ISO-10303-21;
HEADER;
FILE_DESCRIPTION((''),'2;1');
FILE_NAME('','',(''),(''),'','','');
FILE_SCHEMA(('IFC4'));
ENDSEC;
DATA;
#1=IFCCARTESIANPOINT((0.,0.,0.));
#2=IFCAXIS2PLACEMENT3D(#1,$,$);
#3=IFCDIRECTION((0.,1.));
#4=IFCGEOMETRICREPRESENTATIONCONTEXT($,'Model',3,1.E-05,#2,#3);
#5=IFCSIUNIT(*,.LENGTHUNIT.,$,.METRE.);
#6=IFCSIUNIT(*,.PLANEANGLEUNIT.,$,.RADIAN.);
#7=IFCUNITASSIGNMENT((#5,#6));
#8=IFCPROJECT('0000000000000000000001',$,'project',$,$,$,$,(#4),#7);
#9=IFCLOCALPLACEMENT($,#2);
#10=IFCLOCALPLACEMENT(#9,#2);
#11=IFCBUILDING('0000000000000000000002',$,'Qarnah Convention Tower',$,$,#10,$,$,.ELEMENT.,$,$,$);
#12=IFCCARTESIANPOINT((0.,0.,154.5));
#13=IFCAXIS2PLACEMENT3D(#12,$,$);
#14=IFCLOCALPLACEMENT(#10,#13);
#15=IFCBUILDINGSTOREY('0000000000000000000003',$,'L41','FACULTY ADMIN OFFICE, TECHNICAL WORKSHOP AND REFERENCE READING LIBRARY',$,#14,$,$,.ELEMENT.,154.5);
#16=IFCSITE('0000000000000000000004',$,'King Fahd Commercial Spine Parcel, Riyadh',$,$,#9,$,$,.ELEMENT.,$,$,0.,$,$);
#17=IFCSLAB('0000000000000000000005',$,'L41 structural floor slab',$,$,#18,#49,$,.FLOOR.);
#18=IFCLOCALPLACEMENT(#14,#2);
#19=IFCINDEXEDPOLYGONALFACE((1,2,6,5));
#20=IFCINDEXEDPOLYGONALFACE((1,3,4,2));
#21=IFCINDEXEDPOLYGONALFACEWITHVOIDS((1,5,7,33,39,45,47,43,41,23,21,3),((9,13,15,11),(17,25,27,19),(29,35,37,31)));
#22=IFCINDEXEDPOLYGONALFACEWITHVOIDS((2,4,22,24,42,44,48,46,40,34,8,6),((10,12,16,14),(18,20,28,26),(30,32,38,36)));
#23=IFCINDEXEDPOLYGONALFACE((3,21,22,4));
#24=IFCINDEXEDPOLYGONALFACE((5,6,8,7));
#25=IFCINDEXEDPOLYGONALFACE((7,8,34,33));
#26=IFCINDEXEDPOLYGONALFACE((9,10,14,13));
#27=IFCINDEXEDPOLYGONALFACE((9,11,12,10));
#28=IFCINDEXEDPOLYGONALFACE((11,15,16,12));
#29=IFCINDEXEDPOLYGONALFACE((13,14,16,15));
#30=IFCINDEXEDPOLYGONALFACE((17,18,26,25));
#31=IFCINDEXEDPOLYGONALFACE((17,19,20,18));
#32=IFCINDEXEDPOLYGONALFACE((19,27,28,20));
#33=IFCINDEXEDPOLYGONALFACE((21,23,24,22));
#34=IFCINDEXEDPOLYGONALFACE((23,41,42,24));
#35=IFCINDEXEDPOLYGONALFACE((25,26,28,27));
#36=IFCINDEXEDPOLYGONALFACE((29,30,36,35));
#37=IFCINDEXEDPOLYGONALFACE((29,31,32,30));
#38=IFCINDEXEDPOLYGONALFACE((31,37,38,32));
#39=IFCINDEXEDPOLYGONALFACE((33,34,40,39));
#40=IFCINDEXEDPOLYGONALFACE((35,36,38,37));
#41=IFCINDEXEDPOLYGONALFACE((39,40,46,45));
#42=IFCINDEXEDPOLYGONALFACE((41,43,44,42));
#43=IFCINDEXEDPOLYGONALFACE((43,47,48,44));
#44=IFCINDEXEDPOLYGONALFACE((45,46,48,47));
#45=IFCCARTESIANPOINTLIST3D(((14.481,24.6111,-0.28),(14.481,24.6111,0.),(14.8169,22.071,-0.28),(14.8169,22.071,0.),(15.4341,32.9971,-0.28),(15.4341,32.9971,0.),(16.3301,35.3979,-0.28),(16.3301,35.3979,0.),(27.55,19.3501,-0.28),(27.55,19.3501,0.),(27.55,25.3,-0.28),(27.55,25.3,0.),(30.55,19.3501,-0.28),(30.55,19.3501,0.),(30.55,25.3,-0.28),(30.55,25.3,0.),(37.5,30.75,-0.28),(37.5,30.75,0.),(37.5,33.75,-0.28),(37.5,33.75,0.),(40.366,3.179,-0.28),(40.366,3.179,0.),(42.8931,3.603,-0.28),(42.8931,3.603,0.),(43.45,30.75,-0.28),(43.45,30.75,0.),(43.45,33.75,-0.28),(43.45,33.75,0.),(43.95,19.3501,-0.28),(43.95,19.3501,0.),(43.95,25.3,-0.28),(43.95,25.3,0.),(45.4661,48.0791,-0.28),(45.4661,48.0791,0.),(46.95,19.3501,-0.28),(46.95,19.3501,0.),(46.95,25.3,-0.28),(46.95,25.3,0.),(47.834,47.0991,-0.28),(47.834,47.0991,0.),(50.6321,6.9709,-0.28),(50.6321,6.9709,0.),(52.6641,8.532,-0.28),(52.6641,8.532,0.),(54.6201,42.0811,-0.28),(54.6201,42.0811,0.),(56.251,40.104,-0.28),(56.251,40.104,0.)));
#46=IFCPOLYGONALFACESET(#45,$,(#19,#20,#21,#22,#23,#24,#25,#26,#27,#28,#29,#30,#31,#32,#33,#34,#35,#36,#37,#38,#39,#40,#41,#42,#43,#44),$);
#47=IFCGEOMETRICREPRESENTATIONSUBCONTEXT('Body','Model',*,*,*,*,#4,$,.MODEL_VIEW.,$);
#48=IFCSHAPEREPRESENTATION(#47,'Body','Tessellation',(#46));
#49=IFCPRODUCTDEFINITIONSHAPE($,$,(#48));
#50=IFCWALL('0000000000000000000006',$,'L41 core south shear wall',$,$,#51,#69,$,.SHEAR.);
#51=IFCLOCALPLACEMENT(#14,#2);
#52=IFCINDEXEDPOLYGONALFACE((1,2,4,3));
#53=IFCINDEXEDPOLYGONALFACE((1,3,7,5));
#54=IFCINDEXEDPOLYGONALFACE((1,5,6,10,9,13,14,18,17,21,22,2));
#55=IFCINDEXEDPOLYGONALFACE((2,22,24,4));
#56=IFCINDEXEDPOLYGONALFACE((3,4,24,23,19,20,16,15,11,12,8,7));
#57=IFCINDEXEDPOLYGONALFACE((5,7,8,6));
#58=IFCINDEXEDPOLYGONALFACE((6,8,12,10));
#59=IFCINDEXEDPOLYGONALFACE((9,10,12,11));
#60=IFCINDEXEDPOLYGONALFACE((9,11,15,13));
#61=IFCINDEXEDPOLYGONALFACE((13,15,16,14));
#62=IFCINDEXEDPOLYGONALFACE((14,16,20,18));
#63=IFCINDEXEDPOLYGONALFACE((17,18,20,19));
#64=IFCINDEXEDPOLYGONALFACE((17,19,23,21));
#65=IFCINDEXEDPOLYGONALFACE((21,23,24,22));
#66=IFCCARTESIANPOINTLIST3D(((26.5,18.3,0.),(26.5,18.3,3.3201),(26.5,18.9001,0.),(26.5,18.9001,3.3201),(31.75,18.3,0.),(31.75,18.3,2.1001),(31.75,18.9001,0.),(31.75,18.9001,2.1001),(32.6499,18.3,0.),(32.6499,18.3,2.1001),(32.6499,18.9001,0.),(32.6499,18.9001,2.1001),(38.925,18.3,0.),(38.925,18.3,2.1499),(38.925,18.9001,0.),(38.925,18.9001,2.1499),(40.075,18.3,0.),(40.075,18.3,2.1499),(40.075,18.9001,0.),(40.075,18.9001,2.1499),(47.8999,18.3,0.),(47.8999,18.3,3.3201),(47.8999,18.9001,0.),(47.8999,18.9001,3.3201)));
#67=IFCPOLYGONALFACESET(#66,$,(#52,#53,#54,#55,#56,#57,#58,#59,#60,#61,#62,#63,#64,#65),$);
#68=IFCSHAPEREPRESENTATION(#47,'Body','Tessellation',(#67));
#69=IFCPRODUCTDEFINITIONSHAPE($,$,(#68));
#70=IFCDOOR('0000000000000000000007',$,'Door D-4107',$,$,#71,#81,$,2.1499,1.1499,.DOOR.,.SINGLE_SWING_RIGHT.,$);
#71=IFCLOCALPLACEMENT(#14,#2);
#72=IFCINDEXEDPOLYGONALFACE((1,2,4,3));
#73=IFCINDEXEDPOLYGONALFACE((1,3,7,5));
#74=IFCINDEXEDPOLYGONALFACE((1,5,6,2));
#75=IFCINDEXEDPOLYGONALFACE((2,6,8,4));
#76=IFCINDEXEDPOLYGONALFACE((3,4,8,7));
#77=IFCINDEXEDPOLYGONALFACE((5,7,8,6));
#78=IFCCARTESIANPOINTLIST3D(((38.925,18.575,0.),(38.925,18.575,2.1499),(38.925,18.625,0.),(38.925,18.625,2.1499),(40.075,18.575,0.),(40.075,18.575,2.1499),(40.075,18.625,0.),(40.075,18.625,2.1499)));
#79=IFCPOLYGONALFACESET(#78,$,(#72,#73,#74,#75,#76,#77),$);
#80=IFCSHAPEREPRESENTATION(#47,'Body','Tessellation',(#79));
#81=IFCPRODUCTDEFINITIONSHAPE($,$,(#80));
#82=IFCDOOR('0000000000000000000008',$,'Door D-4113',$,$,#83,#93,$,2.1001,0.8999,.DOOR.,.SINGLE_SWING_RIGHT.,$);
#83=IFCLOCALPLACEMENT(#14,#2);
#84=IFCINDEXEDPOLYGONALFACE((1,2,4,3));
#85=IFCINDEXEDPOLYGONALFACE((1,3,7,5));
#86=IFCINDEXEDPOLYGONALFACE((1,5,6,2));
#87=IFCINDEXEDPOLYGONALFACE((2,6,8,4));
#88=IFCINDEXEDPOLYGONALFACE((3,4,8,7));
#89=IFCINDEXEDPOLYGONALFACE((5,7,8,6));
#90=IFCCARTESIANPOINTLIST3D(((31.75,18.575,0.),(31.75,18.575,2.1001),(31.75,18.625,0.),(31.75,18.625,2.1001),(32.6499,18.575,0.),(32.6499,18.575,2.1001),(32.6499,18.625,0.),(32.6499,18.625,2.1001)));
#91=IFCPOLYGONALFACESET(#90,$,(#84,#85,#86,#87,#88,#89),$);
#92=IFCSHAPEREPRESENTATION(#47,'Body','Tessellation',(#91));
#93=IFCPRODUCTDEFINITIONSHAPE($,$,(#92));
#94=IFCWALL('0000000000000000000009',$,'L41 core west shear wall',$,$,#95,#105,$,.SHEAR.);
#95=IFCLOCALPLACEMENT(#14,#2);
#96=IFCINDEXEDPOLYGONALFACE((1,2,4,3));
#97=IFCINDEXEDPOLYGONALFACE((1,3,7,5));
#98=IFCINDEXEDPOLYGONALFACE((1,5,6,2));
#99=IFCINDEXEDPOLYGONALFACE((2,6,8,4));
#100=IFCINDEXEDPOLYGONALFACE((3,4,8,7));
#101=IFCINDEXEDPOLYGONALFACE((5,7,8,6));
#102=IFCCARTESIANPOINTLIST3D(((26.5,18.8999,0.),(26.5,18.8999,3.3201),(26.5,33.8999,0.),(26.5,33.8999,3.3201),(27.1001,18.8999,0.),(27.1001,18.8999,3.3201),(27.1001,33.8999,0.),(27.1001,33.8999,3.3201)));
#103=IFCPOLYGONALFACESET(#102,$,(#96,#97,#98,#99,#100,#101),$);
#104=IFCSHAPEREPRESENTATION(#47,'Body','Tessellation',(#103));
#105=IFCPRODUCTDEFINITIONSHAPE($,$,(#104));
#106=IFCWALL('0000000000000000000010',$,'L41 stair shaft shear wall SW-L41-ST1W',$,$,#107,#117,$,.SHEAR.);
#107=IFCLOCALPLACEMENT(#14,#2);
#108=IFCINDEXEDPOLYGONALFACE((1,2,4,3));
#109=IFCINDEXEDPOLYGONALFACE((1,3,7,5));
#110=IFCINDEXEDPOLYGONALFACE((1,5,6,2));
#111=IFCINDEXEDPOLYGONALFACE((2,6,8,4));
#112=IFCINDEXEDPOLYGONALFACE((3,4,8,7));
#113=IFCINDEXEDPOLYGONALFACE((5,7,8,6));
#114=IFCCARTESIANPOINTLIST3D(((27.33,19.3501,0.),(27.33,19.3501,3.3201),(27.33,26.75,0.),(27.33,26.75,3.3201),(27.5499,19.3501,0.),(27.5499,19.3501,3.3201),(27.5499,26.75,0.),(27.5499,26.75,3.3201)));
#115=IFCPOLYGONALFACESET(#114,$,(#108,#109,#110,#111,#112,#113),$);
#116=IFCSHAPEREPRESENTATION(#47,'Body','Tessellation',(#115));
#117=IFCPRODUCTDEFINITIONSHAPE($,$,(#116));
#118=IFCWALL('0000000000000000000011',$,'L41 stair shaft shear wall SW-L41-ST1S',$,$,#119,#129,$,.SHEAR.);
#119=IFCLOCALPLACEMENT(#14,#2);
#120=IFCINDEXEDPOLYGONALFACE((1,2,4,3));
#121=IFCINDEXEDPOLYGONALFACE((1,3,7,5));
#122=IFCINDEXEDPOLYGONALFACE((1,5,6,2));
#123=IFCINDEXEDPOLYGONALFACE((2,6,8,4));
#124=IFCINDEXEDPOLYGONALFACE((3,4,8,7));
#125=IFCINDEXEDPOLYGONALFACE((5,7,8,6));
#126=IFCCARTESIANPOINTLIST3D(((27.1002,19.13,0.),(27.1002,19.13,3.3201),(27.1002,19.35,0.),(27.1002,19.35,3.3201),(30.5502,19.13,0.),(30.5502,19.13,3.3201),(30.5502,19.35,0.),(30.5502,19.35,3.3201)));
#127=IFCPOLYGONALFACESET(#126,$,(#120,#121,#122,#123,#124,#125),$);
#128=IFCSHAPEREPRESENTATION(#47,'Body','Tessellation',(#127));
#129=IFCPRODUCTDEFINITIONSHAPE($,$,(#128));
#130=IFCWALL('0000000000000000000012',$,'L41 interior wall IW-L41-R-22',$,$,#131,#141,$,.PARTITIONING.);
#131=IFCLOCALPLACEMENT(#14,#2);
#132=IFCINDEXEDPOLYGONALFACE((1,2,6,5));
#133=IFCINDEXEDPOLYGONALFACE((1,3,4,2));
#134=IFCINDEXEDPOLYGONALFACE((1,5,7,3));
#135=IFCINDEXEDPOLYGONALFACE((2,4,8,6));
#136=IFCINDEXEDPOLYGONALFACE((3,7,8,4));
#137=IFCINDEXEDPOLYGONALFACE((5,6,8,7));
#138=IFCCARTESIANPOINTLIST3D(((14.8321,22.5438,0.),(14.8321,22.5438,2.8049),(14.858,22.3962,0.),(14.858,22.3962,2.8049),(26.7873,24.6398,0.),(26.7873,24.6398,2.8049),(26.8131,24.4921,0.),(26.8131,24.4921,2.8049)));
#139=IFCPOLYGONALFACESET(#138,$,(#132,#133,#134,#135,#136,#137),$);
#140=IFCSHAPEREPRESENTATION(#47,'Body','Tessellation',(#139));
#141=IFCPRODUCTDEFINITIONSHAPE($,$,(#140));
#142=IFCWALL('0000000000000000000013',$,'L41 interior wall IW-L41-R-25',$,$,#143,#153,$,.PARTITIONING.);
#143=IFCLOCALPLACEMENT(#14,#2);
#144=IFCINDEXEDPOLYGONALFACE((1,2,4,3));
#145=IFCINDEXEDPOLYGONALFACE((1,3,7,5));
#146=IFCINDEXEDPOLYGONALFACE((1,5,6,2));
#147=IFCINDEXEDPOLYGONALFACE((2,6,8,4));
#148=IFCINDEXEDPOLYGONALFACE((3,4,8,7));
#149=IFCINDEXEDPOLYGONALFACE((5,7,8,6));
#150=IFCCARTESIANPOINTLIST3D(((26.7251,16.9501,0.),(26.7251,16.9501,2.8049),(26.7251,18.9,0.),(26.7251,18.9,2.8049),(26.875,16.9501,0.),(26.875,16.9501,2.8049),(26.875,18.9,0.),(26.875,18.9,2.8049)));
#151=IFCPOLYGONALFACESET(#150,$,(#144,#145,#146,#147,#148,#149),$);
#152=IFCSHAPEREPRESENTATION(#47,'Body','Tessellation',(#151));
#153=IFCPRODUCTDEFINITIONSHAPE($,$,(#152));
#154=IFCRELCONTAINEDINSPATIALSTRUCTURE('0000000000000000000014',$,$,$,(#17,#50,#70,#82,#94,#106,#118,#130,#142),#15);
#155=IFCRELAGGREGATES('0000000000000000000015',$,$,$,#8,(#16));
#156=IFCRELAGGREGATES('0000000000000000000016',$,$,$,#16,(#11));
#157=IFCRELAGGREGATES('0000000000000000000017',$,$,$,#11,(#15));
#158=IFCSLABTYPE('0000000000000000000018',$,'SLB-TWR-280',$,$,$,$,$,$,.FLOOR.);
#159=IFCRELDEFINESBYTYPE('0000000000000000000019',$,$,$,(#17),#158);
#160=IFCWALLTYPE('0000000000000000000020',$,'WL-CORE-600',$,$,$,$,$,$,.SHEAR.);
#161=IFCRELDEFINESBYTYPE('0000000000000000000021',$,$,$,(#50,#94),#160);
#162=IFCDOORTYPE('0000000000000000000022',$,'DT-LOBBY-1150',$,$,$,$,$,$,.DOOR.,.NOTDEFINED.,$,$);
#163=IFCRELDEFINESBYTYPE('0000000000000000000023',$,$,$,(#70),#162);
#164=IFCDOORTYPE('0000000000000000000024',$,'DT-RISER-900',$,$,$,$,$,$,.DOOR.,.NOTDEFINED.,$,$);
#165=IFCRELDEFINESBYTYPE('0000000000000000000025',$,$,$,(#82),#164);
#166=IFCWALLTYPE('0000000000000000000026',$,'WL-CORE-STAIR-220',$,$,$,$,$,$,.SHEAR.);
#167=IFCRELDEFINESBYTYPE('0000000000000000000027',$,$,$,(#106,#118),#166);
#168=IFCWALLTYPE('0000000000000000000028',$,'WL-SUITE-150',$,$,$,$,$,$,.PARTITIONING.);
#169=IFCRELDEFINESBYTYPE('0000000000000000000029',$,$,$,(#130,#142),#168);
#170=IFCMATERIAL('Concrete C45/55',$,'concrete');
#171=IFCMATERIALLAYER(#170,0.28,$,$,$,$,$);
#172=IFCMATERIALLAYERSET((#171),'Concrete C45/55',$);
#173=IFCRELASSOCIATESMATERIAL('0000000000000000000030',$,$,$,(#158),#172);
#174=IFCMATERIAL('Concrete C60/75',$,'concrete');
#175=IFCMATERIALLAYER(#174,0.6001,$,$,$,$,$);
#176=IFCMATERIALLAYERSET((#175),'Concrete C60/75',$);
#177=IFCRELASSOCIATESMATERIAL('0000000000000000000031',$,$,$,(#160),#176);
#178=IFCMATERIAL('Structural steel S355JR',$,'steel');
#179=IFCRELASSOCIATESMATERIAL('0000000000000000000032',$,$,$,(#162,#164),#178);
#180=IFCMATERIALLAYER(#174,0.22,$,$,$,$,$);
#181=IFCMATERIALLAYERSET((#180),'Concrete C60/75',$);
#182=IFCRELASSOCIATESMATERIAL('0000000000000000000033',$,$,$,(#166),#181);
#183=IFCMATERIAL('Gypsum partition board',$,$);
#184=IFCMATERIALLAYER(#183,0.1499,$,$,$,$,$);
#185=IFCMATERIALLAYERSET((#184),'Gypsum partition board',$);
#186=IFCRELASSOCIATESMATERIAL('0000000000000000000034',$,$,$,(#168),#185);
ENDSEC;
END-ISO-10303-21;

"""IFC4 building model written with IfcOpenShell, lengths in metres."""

from ifc_helpers import new_model, si_unit, direction, frame, frame_2d, origin, place, context, subcontext, project, spatial, polyline, rectangle, outline, extrude, material, layer, layer_set, type_object, element, fill, save


model = new_model("IFC4")

# Units and contexts
model_context = context("Model", 3, precision=1e-05, world=origin(), true_north=direction((0.0, 1.0)))
body_context = subcontext(model_context, "Body", "Model", "MODEL_VIEW")
ifc_project = project(units=[si_unit("LENGTHUNIT", "METRE"), si_unit("PLANEANGLEUNIT", "RADIAN")], contexts=[model_context])

# Site, building, storey
site_placement = place(None, origin())
site = spatial("IfcSite", under=ifc_project, at=site_placement, Name="King Fahd Commercial Spine Parcel, Riyadh", CompositionType="ELEMENT", RefElevation=0.0)
building_placement = place(site_placement, origin())
building = spatial("IfcBuilding", under=site, at=building_placement, Name="Qarnah Convention Tower", CompositionType="ELEMENT")
storey_placement = place(building_placement, frame((0.0, 0.0, 154.5)))
storey = spatial("IfcBuildingStorey", under=building, at=storey_placement, Name="L41", Description="FACULTY ADMIN OFFICE, TECHNICAL WORKSHOP AND REFERENCE READING LIBRARY", CompositionType="ELEMENT", Elevation=154.5)

# Shared definitions
ifc_material_1 = material(Name="Concrete C60/75", Category="concrete")

# Shared definitions
ifc_material_2 = material(Name="Structural steel S355JR", Category="steel")

# Shared definitions
ifc_material_3 = material(Name="Concrete C45/55", Category="concrete")

# Slab
ifc_layer_1 = layer(ifc_material_3, 0.28)
ifc_layer_set_1 = layer_set([ifc_layer_1], Name="Concrete C45/55")
slab_type_1 = type_object("IfcSlabType", Name="SLB-TWR-280", PredefinedType="FLOOR", material=ifc_layer_set_1)
slab_1_placement = place(storey_placement, frame((0.0, 0.0, -0.28)))
element("IfcSlab", 1, at=slab_1_placement, inside=storey, type_object=slab_type_1, Name="L41 structural floor slab", PredefinedType="FLOOR", context=body_context, shape_type="SweptSolid", body=[
    extrude(outline(polyline([(45.4661, 48.0791), (16.3301, 35.3979), (15.4341, 32.9971), (14.481, 24.6111), (14.8169, 22.071), (40.366, 3.179), (42.8931, 3.603), (50.6321, 6.9709), (52.6641, 8.532), (56.251, 40.104), (54.6201, 42.0811), (47.834, 47.0991), (45.4661, 48.0791)]), holes=[polyline([(27.55, 25.3), (27.55, 19.3501), (30.55, 19.3501), (30.55, 25.3), (27.55, 25.3)]), polyline([(43.95, 25.3), (43.95, 19.3501), (46.95, 19.3501), (46.95, 25.3), (43.95, 25.3)]), polyline([(37.5, 30.75), (43.45, 30.75), (43.45, 33.75), (37.5, 33.75), (37.5, 30.75)])]), origin(), (0.0, 0.0, 1.0), 0.28),
])

# Wall, openings, doors
ifc_layer_2 = layer(ifc_material_1, 0.6001)
ifc_layer_set_2 = layer_set([ifc_layer_2], Name="Concrete C60/75")
wall_type_1 = type_object("IfcWallType", Name="WL-CORE-600", PredefinedType="SHEAR", material=ifc_layer_set_2)
wall_1_placement = place(storey_placement, frame((26.5, 18.6001, 0.0), z_axis=(0.0, 0.0, 1.0), x_axis=(1.0, 0.0, 0.0)))
wall_1 = element("IfcWall", 2, at=wall_1_placement, inside=storey, type_object=wall_type_1, Name="L41 core south shear wall", PredefinedType="SHEAR", context=body_context, shape_type="SweptSolid", body=[
    extrude(rectangle(XDim=21.3999, YDim=0.6001, at=frame_2d((10.7, 0.0))), origin(), (0.0, 0.0, 1.0), 3.3201),
])
opening_1_placement = place(wall_1_placement, frame((12.425, 0.0, 0.0)))
opening_1 = element("IfcOpeningElement", 3, at=opening_1_placement, cuts=wall_1, PredefinedType="OPENING", context=body_context, shape_type="SweptSolid", body=[
    extrude(rectangle(XDim=1.1499, YDim=2.1499, at=frame_2d((0.575, 1.075))), frame((0.0, 0.3101, 0.0), z_axis=(0.0, -1.0, 0.0), x_axis=(1.0, 0.0, 0.0)), (0.0, 0.0, 1.0), 0.6201),
])
opening_2_placement = place(wall_1_placement, frame((5.25, 0.0, 0.0)))
opening_2 = element("IfcOpeningElement", 4, at=opening_2_placement, cuts=wall_1, PredefinedType="OPENING", context=body_context, shape_type="SweptSolid", body=[
    extrude(rectangle(XDim=0.8999, YDim=2.1001, at=frame_2d((0.45, 1.05))), frame((0.0, 0.3101, 0.0), z_axis=(0.0, -1.0, 0.0), x_axis=(1.0, 0.0, 0.0)), (0.0, 0.0, 1.0), 0.6201),
])
door_type_1 = type_object("IfcDoorType", Name="DT-LOBBY-1150", OperationType="NOTDEFINED", PredefinedType="DOOR", material=ifc_material_2)
door_1_placement = place(opening_1_placement, origin())
door_1 = element("IfcDoor", 5, at=door_1_placement, inside=storey, type_object=door_type_1, Name="Door D-4107", OperationType="SINGLE_SWING_RIGHT", OverallHeight=2.1499, OverallWidth=1.1499, PredefinedType="DOOR", context=body_context, shape_type="SweptSolid", body=[
    extrude(rectangle(XDim=1.1499, YDim=2.1499, at=frame_2d((0.575, 1.075))), frame((0.0, 0.0249, 0.0), z_axis=(0.0, -1.0, 0.0), x_axis=(1.0, 0.0, 0.0)), (0.0, 0.0, 1.0), 0.05),
])
fill(opening_1, door_1)
door_type_2 = type_object("IfcDoorType", Name="DT-RISER-900", OperationType="NOTDEFINED", PredefinedType="DOOR", material=ifc_material_2)
door_2_placement = place(opening_2_placement, origin())
door_2 = element("IfcDoor", 6, at=door_2_placement, inside=storey, type_object=door_type_2, Name="Door D-4113", OperationType="SINGLE_SWING_RIGHT", OverallHeight=2.1001, OverallWidth=0.8999, PredefinedType="DOOR", context=body_context, shape_type="SweptSolid", body=[
    extrude(rectangle(XDim=0.8999, YDim=2.1001, at=frame_2d((0.45, 1.05))), frame((0.0, 0.0249, 0.0), z_axis=(0.0, -1.0, 0.0), x_axis=(1.0, 0.0, 0.0)), (0.0, 0.0, 1.0), 0.05),
])
fill(opening_2, door_2)

# Walls
wall_2_placement = place(storey_placement, frame((26.8, 18.8999, 0.0), z_axis=(0.0, 0.0, 1.0), x_axis=(0.0, 1.0, 0.0)))
element("IfcWall", 7, at=wall_2_placement, inside=storey, type_object=wall_type_1, Name="L41 core west shear wall", PredefinedType="SHEAR", context=body_context, shape_type="SweptSolid", body=[
    extrude(rectangle(XDim=15.0, YDim=0.6001, at=frame_2d((7.5, 0.0))), origin(), (0.0, 0.0, 1.0), 3.3201),
])
ifc_layer_3 = layer(ifc_material_1, 0.22)
ifc_layer_set_3 = layer_set([ifc_layer_3], Name="Concrete C60/75")
wall_type_2 = type_object("IfcWallType", Name="WL-CORE-STAIR-220", PredefinedType="SHEAR", material=ifc_layer_set_3)
wall_3_placement = place(storey_placement, frame((27.4399, 19.3501, 0.0), z_axis=(0.0, 0.0, 1.0), x_axis=(0.0, 1.0, 0.0)))
element("IfcWall", 8, at=wall_3_placement, inside=storey, type_object=wall_type_2, Name="L41 stair shaft shear wall SW-L41-ST1W", PredefinedType="SHEAR", context=body_context, shape_type="SweptSolid", body=[
    extrude(rectangle(XDim=7.3999, YDim=0.22, at=frame_2d((3.7, 0.0))), origin(), (0.0, 0.0, 1.0), 3.3201),
])
wall_4_placement = place(storey_placement, frame((27.1001, 19.24, 0.0), z_axis=(0.0, 0.0, 1.0), x_axis=(1.0, 0.0, 0.0)))
element("IfcWall", 9, at=wall_4_placement, inside=storey, type_object=wall_type_2, Name="L41 stair shaft shear wall SW-L41-ST1S", PredefinedType="SHEAR", context=body_context, shape_type="SweptSolid", body=[
    extrude(rectangle(XDim=3.45, YDim=0.22, at=frame_2d((1.7251, 0.0))), origin(), (0.0, 0.0, 1.0), 3.3201),
])
ifc_material_4 = material(Name="Gypsum partition board")
ifc_layer_4 = layer(ifc_material_4, 0.1499)
ifc_layer_set_4 = layer_set([ifc_layer_4], Name="Gypsum partition board")
wall_type_3 = type_object("IfcWallType", Name="WL-SUITE-150", PredefinedType="PARTITIONING", material=ifc_layer_set_4)
wall_5_placement = place(storey_placement, frame((14.845, 22.47, 0.0), z_axis=(0.0, 0.0, 1.0), x_axis=(0.984977, 0.172685, 0.0)))
element("IfcWall", 10, at=wall_5_placement, inside=storey, type_object=wall_type_3, Name="L41 interior wall IW-L41-R-22", PredefinedType="PARTITIONING", context=body_context, shape_type="SweptSolid", body=[
    extrude(rectangle(XDim=12.1375, YDim=0.1499, at=frame_2d((6.0688, 0.0))), origin(), (0.0, 0.0, 1.0), 2.8049),
])
wall_6_placement = place(storey_placement, frame((26.8, 16.95, 0.0), z_axis=(0.0, 0.0, 1.0), x_axis=(0.0, 1.0, 0.0)))
element("IfcWall", 11, at=wall_6_placement, inside=storey, type_object=wall_type_3, Name="L41 interior wall IW-L41-R-25", PredefinedType="PARTITIONING", context=body_context, shape_type="SweptSolid", body=[
    extrude(rectangle(XDim=1.95, YDim=0.1499, at=frame_2d((0.9751, 0.0))), origin(), (0.0, 0.0, 1.0), 2.8049),
])

save(model, "model.ifc")
